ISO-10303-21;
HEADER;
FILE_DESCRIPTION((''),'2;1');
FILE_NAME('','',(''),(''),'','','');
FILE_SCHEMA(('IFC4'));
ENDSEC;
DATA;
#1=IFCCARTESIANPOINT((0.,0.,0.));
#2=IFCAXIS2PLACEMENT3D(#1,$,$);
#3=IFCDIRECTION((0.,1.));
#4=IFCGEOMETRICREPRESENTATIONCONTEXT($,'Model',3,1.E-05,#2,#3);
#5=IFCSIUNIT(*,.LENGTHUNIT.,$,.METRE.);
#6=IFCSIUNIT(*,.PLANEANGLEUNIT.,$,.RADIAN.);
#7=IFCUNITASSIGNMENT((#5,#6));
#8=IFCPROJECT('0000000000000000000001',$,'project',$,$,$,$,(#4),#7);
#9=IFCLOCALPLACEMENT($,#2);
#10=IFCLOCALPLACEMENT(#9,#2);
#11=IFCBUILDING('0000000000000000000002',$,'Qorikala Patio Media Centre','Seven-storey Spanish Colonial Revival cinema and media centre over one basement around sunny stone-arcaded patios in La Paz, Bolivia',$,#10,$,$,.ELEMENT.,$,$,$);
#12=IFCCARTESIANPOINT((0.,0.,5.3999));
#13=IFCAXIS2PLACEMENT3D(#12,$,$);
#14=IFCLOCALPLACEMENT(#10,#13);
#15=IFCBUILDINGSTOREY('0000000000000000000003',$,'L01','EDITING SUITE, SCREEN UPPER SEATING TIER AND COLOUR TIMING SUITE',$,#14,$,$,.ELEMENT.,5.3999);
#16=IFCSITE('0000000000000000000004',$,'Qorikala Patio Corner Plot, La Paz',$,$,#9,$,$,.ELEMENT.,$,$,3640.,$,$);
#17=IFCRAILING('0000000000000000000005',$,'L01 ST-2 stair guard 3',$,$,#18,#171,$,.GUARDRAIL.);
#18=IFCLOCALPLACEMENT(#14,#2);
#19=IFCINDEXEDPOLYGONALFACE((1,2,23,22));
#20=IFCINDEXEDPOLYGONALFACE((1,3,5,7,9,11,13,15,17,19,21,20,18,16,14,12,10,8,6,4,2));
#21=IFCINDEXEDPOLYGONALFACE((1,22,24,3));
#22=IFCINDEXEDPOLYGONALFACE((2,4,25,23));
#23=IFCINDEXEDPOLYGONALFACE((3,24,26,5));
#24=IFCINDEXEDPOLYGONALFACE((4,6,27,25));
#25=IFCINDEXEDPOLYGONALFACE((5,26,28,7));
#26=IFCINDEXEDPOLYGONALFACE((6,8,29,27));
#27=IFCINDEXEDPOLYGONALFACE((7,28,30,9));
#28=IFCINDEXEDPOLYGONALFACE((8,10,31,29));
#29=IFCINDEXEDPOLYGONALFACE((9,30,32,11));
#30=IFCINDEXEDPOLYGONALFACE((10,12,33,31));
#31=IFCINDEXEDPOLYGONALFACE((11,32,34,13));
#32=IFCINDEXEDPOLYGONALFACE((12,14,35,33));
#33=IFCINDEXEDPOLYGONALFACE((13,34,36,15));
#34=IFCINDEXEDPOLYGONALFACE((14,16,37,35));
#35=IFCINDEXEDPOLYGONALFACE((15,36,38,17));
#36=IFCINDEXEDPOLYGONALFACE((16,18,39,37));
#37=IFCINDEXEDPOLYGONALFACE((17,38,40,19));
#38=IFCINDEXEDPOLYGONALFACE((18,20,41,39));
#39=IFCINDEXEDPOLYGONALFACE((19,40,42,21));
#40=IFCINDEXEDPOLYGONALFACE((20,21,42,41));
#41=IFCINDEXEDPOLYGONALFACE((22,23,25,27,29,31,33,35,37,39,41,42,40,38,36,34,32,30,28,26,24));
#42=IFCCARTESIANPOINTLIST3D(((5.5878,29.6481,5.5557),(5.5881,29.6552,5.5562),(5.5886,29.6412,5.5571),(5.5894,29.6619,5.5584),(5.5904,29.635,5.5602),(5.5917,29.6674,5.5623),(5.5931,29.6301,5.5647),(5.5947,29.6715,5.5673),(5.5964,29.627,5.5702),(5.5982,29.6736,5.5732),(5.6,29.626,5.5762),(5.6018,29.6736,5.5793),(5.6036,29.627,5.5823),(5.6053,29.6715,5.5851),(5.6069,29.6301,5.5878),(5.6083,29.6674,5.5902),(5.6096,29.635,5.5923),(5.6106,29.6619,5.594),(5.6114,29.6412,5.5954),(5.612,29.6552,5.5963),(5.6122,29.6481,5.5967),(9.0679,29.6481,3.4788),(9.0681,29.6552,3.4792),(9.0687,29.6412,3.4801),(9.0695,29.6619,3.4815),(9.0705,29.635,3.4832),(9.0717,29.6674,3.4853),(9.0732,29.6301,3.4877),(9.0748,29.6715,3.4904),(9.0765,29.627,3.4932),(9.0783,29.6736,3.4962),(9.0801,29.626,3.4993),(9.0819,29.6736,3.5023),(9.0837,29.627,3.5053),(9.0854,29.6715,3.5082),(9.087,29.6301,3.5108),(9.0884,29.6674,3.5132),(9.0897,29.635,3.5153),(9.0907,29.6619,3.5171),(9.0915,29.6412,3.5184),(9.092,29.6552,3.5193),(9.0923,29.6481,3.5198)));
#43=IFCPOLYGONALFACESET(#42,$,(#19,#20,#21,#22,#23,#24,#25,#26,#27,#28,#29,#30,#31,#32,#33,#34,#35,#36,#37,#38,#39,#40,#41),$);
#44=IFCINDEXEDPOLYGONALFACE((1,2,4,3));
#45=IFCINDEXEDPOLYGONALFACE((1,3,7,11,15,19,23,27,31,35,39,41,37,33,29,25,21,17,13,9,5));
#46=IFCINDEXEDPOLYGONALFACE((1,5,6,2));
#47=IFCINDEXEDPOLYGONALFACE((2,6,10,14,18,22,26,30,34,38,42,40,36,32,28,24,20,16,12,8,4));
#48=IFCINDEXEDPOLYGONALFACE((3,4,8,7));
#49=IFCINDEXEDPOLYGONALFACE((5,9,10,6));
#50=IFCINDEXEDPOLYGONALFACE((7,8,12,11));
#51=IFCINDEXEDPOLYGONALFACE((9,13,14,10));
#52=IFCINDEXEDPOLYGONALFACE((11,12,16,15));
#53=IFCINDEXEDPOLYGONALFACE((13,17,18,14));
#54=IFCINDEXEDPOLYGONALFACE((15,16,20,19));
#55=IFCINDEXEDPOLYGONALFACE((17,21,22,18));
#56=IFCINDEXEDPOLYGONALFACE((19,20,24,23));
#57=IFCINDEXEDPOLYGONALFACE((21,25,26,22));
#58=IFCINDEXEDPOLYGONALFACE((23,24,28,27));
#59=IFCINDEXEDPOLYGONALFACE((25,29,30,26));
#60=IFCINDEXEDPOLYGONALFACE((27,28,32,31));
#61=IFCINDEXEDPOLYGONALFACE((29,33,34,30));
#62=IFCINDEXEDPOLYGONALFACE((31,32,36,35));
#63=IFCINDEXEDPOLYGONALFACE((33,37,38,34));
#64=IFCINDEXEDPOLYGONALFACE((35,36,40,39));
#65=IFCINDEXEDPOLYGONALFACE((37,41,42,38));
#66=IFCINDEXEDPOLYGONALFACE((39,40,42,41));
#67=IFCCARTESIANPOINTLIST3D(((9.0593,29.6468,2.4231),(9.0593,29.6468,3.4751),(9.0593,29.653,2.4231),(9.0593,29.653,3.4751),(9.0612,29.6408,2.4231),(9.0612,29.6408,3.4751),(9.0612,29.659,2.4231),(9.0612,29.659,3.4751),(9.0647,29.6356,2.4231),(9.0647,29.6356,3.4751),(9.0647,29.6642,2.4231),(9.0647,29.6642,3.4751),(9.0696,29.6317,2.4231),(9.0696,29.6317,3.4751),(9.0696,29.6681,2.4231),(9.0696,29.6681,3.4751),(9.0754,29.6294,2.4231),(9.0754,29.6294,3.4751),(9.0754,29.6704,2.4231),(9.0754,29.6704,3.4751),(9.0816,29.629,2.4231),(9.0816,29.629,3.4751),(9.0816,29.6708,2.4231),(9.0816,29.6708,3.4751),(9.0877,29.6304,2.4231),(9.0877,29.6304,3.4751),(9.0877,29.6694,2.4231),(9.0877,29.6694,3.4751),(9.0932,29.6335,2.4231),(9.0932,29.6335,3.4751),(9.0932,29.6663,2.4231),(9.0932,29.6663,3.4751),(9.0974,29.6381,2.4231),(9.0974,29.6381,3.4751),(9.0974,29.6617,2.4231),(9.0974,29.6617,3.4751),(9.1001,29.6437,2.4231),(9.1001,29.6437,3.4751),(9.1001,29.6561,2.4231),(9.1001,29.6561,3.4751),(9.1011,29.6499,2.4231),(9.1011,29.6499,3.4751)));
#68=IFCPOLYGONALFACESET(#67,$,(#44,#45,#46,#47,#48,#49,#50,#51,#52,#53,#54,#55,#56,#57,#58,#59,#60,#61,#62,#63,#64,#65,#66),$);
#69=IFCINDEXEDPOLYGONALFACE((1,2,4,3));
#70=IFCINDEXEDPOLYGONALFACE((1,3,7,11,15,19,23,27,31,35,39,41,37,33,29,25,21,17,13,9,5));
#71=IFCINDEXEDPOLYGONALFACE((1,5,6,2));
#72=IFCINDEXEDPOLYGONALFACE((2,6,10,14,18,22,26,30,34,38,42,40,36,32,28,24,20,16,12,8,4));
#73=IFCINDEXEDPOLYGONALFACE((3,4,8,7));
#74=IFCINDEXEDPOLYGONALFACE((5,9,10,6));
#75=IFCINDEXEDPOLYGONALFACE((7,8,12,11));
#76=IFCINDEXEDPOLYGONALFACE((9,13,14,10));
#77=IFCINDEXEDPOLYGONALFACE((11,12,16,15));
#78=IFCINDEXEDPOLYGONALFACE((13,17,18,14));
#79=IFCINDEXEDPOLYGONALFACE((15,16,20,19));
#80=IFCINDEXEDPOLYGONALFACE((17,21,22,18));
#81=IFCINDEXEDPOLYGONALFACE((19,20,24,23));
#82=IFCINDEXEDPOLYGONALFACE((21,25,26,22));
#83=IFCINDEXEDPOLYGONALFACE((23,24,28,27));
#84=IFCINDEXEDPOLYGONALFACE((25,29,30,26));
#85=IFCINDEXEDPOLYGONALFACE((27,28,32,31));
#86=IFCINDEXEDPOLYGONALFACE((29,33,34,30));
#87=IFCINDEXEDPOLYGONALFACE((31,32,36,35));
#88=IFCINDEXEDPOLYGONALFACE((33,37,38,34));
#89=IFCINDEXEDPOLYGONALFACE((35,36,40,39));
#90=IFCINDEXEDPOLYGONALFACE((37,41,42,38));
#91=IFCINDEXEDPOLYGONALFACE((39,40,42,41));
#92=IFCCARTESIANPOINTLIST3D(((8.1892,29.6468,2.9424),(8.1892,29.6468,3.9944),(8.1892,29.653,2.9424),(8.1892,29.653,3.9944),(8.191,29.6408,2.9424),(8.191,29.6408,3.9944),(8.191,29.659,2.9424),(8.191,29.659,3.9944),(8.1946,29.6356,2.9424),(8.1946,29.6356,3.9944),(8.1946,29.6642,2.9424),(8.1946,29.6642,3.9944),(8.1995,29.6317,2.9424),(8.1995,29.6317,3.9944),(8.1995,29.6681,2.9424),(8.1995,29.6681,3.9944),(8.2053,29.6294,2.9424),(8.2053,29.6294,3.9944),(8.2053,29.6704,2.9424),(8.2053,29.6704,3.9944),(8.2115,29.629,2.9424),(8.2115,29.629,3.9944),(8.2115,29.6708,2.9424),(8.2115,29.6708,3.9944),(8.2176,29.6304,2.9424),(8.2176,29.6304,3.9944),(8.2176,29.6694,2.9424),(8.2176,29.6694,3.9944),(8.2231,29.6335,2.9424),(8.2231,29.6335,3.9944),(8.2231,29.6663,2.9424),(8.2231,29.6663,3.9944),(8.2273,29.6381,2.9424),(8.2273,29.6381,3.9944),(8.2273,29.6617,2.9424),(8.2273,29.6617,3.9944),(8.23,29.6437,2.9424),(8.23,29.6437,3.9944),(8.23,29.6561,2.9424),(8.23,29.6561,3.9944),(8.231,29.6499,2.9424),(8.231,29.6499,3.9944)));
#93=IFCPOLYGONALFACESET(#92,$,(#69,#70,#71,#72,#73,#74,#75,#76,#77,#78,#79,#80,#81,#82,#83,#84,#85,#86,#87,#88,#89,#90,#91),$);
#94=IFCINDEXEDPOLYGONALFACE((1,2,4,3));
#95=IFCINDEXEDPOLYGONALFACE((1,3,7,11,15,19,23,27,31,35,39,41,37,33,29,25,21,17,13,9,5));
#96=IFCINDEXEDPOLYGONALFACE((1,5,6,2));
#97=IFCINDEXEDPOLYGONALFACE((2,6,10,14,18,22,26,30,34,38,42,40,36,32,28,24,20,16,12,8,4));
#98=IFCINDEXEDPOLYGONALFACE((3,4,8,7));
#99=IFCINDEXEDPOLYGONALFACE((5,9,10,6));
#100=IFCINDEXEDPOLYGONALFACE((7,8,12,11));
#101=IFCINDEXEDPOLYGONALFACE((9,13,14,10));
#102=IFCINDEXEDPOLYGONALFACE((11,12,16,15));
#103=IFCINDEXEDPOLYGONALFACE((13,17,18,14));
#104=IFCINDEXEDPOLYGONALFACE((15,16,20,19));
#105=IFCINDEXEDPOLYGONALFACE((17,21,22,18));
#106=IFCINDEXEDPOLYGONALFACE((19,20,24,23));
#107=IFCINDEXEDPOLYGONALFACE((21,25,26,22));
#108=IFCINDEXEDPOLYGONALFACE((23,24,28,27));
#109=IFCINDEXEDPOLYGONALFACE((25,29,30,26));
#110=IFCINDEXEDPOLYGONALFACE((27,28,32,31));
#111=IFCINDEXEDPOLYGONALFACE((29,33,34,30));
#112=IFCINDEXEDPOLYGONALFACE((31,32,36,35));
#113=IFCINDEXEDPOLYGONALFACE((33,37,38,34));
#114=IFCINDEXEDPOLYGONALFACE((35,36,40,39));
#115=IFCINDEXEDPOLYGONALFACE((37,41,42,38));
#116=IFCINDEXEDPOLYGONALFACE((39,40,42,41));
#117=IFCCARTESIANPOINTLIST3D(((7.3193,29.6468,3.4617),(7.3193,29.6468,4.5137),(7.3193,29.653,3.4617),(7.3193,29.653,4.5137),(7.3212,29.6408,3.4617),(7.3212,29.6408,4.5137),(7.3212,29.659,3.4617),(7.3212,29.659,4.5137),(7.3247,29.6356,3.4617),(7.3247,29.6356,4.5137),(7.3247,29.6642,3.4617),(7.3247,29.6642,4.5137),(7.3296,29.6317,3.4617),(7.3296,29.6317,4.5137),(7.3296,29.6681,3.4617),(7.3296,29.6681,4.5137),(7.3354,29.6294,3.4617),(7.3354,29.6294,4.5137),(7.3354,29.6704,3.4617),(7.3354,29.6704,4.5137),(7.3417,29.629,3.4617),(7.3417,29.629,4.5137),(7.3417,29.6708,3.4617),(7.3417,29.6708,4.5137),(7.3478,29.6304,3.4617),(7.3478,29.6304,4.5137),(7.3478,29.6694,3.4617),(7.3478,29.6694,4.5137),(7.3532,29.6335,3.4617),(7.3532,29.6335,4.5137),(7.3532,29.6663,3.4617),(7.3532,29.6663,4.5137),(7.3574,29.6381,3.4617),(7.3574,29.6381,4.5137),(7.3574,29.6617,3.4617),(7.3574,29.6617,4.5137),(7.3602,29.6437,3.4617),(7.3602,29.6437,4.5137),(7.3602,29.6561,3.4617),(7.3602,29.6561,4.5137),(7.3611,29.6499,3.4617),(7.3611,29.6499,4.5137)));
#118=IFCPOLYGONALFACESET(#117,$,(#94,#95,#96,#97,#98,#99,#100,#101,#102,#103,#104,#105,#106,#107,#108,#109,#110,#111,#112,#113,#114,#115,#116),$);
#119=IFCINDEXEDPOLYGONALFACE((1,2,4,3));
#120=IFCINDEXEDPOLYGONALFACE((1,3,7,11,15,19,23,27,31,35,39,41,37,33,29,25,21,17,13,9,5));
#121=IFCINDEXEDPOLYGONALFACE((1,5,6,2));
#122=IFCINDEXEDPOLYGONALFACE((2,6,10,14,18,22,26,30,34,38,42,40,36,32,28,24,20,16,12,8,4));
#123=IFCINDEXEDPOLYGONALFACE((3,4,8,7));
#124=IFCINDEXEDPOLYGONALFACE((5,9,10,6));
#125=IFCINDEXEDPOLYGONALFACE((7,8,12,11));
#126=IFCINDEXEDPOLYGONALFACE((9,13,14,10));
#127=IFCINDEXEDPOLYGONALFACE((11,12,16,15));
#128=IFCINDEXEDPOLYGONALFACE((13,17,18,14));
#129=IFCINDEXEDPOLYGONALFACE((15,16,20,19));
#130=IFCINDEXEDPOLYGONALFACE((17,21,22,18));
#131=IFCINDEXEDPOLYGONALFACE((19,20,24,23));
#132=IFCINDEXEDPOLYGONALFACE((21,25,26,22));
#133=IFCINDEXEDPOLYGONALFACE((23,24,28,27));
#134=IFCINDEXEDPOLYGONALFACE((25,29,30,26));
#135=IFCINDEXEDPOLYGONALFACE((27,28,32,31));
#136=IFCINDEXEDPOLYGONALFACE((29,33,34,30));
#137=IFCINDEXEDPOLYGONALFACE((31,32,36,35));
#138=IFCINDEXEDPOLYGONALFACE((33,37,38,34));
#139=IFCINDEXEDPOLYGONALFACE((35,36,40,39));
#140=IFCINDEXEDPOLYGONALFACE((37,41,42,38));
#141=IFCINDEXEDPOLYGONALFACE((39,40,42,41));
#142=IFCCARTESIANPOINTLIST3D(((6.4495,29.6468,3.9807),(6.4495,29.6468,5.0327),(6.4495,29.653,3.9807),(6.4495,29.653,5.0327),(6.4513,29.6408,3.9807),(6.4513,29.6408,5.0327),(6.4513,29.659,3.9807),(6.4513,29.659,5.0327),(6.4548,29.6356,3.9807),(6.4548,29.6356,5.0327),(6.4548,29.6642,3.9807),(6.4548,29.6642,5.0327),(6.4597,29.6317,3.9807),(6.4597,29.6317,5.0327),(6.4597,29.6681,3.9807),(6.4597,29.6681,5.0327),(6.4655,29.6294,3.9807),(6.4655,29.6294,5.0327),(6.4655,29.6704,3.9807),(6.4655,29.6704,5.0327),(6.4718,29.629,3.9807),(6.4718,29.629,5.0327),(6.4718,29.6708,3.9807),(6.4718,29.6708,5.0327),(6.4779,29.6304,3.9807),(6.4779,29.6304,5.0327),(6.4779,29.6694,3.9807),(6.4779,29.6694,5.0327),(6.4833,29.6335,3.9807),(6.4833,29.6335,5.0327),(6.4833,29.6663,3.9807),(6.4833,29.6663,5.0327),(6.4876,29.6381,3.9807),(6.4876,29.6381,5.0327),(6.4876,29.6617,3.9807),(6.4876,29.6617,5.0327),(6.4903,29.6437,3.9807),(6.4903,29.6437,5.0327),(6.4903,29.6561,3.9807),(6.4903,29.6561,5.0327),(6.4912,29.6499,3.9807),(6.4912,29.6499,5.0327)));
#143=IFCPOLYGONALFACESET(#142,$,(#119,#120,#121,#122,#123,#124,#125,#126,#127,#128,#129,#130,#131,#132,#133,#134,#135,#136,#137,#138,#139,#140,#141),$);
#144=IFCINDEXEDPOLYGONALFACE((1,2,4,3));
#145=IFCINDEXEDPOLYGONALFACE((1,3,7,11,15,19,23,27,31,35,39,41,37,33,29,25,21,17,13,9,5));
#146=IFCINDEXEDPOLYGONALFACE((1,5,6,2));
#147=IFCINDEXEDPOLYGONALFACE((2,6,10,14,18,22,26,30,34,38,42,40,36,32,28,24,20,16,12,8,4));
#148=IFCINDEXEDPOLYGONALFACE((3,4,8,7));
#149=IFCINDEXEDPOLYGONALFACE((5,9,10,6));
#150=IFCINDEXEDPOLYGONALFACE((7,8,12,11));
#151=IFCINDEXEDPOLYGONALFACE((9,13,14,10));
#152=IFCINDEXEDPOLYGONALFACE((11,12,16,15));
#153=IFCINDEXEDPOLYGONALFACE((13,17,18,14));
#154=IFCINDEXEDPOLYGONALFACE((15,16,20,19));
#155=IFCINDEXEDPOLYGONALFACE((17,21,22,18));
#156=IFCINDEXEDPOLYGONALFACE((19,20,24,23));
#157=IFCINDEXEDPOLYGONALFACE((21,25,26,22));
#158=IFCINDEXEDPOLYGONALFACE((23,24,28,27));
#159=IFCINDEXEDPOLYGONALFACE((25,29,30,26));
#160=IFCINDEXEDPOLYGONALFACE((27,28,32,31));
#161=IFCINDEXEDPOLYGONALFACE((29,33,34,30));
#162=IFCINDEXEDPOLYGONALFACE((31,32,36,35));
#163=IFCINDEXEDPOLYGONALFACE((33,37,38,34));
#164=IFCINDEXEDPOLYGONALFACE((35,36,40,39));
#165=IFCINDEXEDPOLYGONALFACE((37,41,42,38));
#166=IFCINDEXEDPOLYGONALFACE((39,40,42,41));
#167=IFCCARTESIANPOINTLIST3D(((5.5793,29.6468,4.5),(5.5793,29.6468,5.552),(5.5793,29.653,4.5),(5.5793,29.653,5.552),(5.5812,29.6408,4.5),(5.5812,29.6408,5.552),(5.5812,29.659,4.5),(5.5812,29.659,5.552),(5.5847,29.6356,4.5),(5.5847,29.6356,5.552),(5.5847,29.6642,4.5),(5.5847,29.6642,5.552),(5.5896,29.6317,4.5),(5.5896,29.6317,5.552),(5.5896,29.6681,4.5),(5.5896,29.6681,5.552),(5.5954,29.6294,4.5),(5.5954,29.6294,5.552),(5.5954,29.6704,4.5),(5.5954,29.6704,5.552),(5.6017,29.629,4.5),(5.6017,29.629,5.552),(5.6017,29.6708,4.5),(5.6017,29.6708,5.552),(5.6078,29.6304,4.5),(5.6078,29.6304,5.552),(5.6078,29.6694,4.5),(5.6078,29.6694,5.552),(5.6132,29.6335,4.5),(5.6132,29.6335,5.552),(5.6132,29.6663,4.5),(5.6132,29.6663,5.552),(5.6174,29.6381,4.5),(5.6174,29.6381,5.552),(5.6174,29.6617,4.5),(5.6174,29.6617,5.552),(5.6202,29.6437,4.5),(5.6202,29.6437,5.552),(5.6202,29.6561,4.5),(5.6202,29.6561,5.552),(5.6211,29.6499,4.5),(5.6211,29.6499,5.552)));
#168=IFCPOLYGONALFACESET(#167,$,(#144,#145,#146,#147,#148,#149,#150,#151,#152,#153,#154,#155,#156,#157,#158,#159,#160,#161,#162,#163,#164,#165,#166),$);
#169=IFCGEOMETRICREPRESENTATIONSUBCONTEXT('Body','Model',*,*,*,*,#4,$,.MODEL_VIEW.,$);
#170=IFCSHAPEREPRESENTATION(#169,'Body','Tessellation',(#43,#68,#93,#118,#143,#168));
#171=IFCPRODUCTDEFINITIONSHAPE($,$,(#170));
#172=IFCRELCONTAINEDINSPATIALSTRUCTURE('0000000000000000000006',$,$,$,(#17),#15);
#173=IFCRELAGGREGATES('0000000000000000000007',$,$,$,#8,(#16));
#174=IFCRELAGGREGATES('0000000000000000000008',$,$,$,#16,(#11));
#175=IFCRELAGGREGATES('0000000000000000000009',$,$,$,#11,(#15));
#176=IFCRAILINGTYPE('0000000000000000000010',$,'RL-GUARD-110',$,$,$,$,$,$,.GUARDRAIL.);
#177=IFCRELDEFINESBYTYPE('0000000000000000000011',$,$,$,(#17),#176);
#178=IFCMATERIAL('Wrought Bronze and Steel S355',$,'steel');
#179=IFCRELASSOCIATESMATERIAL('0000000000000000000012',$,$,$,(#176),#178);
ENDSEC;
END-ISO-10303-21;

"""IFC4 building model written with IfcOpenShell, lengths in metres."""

from ifc_helpers import new_model, si_unit, direction, frame, origin, origin_2d, place, context, subcontext, project, spatial, circle, extrude, material, type_object, element, save


model = new_model("IFC4")

# Units and contexts
model_context = context("Model", 3, precision=1e-05, world=origin(), true_north=direction((0.0, 1.0)))
body_context = subcontext(model_context, "Body", "Model", "MODEL_VIEW")
ifc_project = project(units=[si_unit("LENGTHUNIT", "METRE"), si_unit("PLANEANGLEUNIT", "RADIAN")], contexts=[model_context])

# Site, building, storey
site_placement = place(None, origin())
site = spatial("IfcSite", under=ifc_project, at=site_placement, Name="Qorikala Patio Corner Plot, La Paz", CompositionType="ELEMENT", RefElevation=3640.0)
building_placement = place(site_placement, origin())
building = spatial("IfcBuilding", under=site, at=building_placement, Name="Qorikala Patio Media Centre", Description="Seven-storey Spanish Colonial Revival cinema and media centre over one basement around sunny stone-arcaded patios in La Paz, Bolivia", CompositionType="ELEMENT")
storey_placement = place(building_placement, frame((0.0, 0.0, 5.3999)))
storey = spatial("IfcBuildingStorey", under=building, at=storey_placement, Name="L01", Description="EDITING SUITE, SCREEN UPPER SEATING TIER AND COLOUR TIMING SUITE", CompositionType="ELEMENT", Elevation=5.3999)

# Railing
ifc_material_1 = material(Name="Wrought Bronze and Steel S355", Category="steel")
railing_type_1 = type_object("IfcRailingType", Name="RL-GUARD-110", PredefinedType="GUARDRAIL", material=ifc_material_1)
railing_1_placement = place(storey_placement, frame((9.0801, 29.6499, 2.4231)))
element("IfcRailing", 1, at=railing_1_placement, inside=storey, type_object=railing_type_1, Name="L01 ST-2 stair guard 3", PredefinedType="GUARDRAIL", context=body_context, shape_type="SweptSolid", body=[
    extrude(circle(Radius=0.0239, at=origin_2d()), frame((0.0, 0.0, 1.0762), z_axis=(-0.858697, 0.0, 0.512483), x_axis=(0.0, -1.0, 0.0)), (0.0, 0.0, 1.0), 4.0527),
    extrude(circle(Radius=0.021, at=origin_2d()), origin(), (0.0, 0.0, 1.0), 1.052),
    extrude(circle(Radius=0.021, at=origin_2d()), frame((-0.8701, 0.0, 0.5193)), (0.0, 0.0, 1.0), 1.052),
    extrude(circle(Radius=0.021, at=origin_2d()), frame((-1.74, 0.0, 1.0386)), (0.0, 0.0, 1.0), 1.052),
    extrude(circle(Radius=0.021, at=origin_2d()), frame((-2.6099, 0.0, 1.5576)), (0.0, 0.0, 1.0), 1.052),
    extrude(circle(Radius=0.021, at=origin_2d()), frame((-3.48, 0.0, 2.0769)), (0.0, 0.0, 1.0), 1.052),
])

save(model, "model.ifc")
